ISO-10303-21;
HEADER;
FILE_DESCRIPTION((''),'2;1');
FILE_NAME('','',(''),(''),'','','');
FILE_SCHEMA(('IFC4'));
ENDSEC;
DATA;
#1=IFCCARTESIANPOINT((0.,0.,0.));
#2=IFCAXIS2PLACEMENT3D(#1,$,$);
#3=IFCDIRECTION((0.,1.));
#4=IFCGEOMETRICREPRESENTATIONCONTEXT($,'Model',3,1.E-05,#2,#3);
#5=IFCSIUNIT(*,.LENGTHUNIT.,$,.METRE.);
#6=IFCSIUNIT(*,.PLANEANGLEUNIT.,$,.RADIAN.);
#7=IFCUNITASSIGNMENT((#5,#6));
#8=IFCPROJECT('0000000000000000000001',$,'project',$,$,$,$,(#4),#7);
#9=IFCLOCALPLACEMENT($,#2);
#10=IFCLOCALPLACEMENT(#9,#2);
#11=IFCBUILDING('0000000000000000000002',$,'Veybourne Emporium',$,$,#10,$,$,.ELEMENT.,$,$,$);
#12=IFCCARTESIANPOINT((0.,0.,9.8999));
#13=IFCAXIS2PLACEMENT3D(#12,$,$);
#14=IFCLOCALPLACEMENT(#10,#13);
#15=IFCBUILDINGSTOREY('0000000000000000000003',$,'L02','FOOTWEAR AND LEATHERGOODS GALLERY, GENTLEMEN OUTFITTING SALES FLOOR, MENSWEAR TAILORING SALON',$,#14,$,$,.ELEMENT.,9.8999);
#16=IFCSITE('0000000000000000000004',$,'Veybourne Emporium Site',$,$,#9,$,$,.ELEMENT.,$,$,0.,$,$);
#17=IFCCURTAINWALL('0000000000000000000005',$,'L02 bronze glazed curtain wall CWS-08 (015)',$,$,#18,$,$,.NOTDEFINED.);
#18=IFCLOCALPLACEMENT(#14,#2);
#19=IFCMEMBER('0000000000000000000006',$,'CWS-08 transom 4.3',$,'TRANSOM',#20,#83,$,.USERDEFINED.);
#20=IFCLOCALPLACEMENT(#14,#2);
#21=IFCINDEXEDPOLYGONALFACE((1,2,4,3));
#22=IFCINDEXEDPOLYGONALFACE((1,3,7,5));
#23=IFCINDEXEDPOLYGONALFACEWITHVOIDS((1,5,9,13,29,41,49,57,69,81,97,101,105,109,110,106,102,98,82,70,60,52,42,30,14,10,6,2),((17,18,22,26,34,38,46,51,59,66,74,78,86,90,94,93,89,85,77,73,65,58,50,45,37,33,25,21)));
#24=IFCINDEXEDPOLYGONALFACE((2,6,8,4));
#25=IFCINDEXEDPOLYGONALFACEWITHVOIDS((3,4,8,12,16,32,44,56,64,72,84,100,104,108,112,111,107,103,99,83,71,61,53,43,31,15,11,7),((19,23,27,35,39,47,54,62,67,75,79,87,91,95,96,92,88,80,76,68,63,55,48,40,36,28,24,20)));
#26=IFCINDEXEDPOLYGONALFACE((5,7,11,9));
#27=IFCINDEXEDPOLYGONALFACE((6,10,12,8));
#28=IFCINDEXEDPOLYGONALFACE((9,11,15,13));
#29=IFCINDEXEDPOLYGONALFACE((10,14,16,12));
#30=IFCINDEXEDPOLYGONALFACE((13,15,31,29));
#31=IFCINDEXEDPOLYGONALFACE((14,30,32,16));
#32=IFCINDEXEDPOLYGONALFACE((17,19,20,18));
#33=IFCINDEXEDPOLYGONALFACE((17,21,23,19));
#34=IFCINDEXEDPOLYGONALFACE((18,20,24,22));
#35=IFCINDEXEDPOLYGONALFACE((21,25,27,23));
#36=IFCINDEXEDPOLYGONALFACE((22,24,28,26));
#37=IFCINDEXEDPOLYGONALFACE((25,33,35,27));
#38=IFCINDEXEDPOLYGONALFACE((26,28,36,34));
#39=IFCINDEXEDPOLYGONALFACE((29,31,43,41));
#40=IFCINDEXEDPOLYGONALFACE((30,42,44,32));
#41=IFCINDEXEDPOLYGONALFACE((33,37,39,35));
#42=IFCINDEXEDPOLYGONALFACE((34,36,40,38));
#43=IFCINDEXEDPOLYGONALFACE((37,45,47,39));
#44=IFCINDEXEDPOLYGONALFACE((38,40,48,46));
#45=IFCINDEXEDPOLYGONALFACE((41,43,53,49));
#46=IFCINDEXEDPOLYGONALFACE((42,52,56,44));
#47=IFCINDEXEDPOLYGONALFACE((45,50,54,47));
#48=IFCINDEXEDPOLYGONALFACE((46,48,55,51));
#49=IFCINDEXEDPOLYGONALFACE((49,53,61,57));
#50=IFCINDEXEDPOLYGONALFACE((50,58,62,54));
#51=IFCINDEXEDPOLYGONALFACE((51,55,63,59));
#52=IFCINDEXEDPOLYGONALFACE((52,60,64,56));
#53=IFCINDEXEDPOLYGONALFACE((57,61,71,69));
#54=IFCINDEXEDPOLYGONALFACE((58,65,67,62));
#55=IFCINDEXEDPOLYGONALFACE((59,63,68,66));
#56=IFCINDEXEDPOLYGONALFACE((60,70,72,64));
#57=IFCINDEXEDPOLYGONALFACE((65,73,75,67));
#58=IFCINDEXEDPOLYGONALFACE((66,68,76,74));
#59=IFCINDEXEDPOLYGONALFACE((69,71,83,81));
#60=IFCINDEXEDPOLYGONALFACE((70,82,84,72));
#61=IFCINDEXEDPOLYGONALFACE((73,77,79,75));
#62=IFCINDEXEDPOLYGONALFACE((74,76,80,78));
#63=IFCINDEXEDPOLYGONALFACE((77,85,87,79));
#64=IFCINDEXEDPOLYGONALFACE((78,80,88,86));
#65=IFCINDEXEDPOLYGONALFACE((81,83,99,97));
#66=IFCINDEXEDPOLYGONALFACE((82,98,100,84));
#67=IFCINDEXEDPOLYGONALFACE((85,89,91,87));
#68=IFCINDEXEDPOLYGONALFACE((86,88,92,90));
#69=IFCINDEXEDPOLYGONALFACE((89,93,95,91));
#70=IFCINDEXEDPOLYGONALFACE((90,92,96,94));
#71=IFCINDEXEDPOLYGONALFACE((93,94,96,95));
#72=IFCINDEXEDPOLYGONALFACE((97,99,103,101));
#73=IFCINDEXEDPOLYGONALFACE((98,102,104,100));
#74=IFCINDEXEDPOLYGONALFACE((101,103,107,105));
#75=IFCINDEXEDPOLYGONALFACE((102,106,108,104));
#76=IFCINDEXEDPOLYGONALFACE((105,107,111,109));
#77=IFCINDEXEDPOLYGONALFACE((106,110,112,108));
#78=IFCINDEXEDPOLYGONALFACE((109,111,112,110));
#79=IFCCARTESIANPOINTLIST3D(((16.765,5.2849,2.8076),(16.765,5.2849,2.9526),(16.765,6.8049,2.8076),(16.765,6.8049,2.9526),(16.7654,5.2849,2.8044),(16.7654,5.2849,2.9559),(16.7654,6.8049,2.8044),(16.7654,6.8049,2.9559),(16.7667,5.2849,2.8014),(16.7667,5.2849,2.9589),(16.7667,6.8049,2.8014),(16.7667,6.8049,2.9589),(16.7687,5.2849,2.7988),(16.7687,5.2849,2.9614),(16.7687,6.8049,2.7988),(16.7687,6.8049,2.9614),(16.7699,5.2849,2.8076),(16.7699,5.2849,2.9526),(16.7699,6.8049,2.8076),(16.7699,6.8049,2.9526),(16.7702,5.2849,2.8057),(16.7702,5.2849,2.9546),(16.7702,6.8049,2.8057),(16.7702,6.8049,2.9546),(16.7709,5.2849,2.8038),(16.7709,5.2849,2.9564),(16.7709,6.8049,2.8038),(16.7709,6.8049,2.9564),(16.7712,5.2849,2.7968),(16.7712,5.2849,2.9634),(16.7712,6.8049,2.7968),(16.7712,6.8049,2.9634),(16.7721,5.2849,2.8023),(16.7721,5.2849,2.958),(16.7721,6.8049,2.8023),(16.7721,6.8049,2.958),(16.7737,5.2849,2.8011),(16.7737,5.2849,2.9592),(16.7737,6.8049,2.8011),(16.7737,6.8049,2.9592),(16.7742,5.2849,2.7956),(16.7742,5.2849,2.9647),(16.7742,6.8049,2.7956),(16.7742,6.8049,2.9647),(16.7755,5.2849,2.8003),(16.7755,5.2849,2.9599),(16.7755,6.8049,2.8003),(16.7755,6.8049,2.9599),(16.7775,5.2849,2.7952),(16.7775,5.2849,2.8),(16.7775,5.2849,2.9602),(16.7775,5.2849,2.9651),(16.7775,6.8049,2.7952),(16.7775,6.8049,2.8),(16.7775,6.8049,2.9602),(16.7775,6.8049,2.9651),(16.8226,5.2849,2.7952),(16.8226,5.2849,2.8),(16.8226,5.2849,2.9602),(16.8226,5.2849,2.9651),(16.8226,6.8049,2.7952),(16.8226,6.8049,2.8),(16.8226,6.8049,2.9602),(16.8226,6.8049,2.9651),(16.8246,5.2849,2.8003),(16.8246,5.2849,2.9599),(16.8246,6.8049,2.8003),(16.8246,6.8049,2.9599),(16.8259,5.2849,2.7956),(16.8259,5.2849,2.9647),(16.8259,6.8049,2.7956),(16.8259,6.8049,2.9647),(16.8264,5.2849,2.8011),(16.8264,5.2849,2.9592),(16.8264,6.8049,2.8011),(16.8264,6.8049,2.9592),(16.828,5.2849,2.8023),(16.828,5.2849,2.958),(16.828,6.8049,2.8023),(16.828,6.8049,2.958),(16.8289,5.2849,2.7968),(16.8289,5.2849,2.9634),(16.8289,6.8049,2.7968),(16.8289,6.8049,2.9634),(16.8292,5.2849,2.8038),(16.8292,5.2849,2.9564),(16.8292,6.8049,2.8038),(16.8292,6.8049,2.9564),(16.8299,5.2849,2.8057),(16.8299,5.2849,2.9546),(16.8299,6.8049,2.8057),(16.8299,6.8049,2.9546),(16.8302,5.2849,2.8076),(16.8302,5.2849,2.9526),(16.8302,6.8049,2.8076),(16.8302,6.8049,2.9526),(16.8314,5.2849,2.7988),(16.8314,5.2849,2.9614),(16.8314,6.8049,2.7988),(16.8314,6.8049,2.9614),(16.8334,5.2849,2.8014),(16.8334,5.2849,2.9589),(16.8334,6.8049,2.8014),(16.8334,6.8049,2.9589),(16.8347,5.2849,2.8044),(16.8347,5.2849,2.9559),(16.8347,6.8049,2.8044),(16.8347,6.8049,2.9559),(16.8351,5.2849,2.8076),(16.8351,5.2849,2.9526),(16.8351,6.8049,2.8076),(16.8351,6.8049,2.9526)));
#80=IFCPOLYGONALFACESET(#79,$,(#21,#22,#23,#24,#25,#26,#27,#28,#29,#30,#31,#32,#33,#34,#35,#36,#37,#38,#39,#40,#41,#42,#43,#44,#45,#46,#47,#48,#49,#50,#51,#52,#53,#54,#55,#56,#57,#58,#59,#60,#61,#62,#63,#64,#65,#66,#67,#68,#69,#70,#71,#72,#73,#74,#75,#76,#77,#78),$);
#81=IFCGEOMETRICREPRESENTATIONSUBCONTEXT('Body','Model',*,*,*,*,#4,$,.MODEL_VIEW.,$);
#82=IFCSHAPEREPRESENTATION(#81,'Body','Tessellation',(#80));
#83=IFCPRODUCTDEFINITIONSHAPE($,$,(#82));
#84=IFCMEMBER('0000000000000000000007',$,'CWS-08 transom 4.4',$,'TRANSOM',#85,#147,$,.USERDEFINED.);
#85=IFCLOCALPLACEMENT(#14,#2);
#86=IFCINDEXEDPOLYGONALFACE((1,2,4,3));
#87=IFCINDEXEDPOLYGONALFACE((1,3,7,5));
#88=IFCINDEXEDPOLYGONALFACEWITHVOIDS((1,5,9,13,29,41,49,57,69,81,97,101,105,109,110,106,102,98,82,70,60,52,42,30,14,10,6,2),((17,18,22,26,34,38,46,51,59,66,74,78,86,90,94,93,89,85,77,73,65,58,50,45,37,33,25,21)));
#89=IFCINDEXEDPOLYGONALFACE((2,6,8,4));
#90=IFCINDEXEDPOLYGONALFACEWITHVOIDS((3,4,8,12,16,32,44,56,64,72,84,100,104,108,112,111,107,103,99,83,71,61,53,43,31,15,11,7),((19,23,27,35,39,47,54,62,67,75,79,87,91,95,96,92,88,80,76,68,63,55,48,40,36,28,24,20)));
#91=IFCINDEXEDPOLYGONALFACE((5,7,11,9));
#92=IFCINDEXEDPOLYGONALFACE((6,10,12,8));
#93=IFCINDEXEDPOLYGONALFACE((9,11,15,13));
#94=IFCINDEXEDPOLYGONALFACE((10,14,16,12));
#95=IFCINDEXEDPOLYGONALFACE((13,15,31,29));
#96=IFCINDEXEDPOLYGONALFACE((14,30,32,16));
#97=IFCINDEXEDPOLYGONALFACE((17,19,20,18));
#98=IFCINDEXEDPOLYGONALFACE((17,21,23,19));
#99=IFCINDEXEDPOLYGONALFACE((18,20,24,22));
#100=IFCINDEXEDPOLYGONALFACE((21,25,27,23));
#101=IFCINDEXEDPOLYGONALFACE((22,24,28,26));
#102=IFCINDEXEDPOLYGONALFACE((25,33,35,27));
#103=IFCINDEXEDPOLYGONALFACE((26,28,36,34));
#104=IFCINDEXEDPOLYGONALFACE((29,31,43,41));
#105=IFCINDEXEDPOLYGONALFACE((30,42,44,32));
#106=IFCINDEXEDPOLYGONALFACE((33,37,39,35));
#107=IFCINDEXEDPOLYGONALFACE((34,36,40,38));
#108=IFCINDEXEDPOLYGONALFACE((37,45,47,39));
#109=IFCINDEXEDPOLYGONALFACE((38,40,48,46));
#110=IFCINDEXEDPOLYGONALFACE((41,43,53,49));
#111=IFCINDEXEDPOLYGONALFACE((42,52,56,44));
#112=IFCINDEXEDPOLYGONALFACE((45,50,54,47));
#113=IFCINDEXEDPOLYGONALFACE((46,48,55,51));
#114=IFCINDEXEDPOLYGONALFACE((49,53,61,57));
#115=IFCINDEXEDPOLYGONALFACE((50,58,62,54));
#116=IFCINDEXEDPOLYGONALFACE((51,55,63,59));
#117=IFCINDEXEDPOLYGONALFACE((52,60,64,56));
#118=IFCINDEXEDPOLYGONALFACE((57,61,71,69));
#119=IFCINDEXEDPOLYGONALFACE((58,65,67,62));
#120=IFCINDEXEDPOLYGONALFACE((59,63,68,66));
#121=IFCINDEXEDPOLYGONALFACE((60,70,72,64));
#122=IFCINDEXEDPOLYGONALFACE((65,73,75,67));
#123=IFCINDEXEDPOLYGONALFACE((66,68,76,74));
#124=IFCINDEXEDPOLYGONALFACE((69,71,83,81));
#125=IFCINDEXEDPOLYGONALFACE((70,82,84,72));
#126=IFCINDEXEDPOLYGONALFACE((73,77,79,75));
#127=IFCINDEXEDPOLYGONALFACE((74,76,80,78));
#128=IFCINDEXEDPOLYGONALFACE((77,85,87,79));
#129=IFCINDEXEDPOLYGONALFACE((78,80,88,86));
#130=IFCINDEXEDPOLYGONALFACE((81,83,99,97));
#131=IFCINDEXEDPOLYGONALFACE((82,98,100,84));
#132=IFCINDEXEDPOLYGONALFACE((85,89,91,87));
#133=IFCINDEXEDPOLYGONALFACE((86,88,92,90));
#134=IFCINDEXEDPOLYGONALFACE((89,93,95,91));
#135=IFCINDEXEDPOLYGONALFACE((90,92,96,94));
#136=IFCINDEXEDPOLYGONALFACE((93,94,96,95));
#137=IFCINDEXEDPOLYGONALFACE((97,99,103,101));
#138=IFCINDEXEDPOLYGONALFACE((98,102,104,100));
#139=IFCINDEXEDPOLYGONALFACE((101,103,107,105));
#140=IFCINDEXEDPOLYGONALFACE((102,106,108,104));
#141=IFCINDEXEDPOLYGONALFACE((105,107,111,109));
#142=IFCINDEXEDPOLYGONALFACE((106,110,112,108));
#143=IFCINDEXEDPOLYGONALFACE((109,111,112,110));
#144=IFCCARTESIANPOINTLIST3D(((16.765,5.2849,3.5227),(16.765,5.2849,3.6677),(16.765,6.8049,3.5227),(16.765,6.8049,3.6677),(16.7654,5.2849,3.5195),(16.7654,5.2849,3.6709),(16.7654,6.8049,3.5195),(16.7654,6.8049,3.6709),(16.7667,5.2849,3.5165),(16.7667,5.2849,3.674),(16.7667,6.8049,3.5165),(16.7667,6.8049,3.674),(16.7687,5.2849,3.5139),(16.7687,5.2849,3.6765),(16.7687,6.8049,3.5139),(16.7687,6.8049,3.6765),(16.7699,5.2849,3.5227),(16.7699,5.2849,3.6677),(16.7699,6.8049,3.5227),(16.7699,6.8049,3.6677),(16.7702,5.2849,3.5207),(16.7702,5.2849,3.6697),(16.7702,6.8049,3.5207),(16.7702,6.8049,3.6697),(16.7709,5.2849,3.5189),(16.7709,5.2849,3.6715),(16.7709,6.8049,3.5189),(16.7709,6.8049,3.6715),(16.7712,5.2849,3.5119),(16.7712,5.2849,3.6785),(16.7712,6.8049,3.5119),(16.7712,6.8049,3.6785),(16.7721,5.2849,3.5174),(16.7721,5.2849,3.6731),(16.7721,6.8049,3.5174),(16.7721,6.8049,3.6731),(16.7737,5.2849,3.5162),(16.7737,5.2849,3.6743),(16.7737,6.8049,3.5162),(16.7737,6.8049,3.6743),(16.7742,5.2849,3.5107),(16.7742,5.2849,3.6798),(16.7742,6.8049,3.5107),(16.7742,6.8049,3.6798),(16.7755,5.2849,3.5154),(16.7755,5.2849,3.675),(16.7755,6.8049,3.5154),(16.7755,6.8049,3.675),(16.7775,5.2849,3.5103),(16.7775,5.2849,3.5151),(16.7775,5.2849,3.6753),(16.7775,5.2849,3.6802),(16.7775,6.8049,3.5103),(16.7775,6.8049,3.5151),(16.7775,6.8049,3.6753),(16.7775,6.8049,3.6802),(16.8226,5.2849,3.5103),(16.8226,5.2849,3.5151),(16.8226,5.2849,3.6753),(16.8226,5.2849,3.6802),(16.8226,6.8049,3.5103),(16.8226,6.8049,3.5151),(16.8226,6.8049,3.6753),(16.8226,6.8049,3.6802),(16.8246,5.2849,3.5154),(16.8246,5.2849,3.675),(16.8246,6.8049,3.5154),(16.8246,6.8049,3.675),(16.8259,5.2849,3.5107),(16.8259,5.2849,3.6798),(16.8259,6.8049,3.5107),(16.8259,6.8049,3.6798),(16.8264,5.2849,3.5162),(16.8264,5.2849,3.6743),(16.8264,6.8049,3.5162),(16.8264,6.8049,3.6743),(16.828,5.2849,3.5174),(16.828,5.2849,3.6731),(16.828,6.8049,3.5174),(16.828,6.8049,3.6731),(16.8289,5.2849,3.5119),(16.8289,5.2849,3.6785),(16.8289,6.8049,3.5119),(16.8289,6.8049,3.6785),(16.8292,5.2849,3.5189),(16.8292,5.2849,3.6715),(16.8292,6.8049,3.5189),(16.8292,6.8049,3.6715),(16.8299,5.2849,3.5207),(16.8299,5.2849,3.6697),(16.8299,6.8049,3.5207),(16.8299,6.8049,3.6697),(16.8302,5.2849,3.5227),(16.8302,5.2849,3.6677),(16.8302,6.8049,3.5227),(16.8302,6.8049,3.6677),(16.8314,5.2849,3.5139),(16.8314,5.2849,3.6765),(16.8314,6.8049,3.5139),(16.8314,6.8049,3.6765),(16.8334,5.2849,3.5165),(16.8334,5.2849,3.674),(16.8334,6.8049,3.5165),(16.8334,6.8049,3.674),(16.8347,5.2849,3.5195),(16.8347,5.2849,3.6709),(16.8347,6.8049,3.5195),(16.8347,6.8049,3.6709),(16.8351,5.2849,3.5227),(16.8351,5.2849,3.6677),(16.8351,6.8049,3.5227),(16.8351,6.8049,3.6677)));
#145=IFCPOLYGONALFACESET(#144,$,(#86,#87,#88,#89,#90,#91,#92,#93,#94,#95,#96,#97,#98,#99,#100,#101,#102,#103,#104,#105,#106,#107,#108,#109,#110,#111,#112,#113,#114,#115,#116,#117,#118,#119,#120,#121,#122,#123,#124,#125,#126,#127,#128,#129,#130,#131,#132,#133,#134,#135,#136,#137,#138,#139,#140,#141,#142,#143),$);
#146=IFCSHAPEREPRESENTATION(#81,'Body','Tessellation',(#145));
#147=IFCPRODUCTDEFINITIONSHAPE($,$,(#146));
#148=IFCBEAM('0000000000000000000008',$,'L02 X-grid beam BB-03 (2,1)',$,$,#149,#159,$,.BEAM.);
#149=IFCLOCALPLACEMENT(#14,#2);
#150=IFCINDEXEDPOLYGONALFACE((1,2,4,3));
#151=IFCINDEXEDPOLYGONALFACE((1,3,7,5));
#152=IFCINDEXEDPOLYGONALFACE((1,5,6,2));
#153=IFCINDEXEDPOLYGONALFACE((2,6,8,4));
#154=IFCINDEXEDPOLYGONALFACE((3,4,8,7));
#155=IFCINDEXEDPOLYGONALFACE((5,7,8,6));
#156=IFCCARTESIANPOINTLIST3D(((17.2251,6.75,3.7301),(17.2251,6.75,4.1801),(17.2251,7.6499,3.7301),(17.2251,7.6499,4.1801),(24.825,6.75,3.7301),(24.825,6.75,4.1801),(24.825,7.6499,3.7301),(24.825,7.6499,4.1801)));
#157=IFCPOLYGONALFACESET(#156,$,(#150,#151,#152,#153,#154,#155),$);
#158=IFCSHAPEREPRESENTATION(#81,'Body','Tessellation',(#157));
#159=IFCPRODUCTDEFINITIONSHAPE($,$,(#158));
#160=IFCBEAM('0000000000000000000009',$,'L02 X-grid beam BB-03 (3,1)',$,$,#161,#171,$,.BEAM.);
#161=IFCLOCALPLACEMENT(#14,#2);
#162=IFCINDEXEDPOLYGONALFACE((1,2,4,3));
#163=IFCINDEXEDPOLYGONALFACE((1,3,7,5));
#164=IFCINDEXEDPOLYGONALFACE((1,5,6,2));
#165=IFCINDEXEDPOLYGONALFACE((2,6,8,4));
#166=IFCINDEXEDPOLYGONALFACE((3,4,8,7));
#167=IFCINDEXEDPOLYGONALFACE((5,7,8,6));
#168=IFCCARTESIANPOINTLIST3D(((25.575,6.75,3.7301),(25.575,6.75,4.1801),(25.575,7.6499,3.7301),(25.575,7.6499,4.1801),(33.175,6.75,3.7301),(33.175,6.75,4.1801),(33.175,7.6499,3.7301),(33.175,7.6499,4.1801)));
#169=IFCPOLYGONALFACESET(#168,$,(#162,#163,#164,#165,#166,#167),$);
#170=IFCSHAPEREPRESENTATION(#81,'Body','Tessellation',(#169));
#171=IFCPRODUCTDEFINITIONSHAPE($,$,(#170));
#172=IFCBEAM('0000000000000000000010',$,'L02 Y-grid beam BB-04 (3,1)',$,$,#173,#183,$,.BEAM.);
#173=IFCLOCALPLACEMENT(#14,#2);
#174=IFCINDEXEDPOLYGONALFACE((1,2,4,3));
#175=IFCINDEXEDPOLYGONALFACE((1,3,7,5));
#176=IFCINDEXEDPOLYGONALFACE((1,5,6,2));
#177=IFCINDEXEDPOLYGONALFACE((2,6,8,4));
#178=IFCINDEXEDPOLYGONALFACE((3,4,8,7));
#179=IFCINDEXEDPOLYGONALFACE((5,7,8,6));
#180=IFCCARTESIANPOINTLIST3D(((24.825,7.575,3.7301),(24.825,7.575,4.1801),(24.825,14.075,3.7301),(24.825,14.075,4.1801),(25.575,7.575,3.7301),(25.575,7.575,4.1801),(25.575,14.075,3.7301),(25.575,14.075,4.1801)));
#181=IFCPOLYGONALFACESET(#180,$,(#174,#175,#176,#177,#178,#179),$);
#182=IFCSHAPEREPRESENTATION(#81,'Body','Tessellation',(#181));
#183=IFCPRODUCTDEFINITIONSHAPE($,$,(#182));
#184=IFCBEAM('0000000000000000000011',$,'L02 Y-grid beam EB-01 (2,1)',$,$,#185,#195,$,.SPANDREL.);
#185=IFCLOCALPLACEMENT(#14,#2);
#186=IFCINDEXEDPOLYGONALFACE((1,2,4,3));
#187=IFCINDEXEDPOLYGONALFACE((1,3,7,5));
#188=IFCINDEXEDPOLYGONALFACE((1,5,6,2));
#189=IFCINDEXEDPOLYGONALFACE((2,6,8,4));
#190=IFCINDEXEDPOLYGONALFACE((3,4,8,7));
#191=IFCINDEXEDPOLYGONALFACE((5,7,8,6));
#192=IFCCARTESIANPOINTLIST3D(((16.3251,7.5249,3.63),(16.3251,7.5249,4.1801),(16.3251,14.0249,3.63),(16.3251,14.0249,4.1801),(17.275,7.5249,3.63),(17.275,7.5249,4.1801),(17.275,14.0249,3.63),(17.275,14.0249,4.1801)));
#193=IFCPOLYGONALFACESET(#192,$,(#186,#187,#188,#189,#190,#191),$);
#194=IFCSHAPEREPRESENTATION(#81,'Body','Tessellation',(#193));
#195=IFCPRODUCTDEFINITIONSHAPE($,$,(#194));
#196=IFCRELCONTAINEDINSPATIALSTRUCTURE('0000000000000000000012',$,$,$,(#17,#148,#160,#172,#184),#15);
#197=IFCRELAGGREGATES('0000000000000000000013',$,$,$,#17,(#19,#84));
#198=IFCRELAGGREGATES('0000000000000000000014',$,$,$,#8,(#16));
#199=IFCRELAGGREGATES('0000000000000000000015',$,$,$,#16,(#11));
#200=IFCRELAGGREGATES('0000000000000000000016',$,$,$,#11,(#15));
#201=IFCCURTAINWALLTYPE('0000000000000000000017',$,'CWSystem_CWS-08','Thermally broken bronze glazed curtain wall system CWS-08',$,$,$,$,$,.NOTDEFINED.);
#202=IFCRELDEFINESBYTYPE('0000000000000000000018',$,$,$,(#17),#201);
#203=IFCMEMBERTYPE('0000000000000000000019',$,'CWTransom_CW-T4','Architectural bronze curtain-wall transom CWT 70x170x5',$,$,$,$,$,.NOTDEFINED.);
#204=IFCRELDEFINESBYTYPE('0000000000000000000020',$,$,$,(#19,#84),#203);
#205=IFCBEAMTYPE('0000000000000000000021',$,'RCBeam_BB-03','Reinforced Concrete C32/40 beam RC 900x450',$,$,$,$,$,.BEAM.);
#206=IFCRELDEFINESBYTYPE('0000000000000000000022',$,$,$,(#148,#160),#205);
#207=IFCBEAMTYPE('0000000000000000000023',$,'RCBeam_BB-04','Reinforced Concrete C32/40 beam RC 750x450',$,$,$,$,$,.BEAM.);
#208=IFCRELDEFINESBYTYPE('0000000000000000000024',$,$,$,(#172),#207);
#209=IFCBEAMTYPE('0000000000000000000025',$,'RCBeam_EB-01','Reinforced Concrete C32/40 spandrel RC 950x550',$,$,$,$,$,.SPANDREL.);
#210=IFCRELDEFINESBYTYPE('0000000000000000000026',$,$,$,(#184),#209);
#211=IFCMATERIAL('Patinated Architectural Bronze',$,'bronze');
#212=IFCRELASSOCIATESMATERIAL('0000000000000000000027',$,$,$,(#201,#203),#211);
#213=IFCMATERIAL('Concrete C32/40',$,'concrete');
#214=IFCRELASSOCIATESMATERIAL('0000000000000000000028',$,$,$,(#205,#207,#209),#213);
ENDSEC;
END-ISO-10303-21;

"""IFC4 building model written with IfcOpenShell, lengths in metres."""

from ifc_helpers import new_model, si_unit, direction, frame, origin, origin_2d, place, context, subcontext, project, spatial, rectangle, hollow_rectangle, extrude, material, material_profile, profile_set, type_object, element, aggregate, save


model = new_model("IFC4")

# Units and contexts
model_context = context("Model", 3, precision=1e-05, world=origin(), true_north=direction((0.0, 1.0)))
body_context = subcontext(model_context, "Body", "Model", "MODEL_VIEW")
ifc_project = project(units=[si_unit("LENGTHUNIT", "METRE"), si_unit("PLANEANGLEUNIT", "RADIAN")], contexts=[model_context])

# Site, building, storey
site_placement = place(None, origin())
site = spatial("IfcSite", under=ifc_project, at=site_placement, Name="Veybourne Emporium Site", CompositionType="ELEMENT", RefElevation=0.0)
building_placement = place(site_placement, origin())
building = spatial("IfcBuilding", under=site, at=building_placement, Name="Veybourne Emporium", CompositionType="ELEMENT")
storey_placement = place(building_placement, frame((0.0, 0.0, 9.8999)))
storey = spatial("IfcBuildingStorey", under=building, at=storey_placement, Name="L02", Description="FOOTWEAR AND LEATHERGOODS GALLERY, GENTLEMEN OUTFITTING SALES FLOOR, MENSWEAR TAILORING SALON", CompositionType="ELEMENT", Elevation=9.8999)

# Curtain wall
ifc_material_1 = material(Name="Patinated Architectural Bronze", Category="bronze")
curtain_wall_type_1 = type_object("IfcCurtainWallType", Name="CWSystem_CWS-08", Description="Thermally broken bronze glazed curtain wall system CWS-08", PredefinedType="NOTDEFINED", material=ifc_material_1)
curtain_wall_1_placement = place(storey_placement, origin())
curtain_wall_1 = element("IfcCurtainWall", 1, at=curtain_wall_1_placement, inside=storey, type_object=curtain_wall_type_1, Name="L02 bronze glazed curtain wall CWS-08 (015)", PredefinedType="NOTDEFINED")

# Members
ifc_material_profile_1 = material_profile(ifc_material_1, hollow_rectangle(XDim=0.0701, YDim=0.1699, WallThickness=0.0049, InnerFilletRadius=0.0076, OuterFilletRadius=0.0125, at=origin_2d()), Name="CWT 70x170x5")
ifc_profile_set_1 = profile_set([ifc_material_profile_1], Name="Patinated Architectural Bronze")
member_type_1 = type_object("IfcMemberType", Name="CWTransom_CW-T4", Description="Architectural bronze curtain-wall transom CWT 70x170x5", PredefinedType="NOTDEFINED", material=ifc_profile_set_1)
member_1_placement = place(storey_placement, frame((16.8, 5.2849, 2.8801), z_axis=(0.0, 1.0, 0.0), x_axis=(-1.0, 0.0, 0.0)))
member_1 = element("IfcMember", 2, at=member_1_placement, type_object=member_type_1, Name="CWS-08 transom 4.3", ObjectType="TRANSOM", PredefinedType="USERDEFINED", context=body_context, shape_type="SweptSolid", body=[
    extrude(hollow_rectangle(XDim=0.0701, YDim=0.1699, WallThickness=0.0049, InnerFilletRadius=0.0076, OuterFilletRadius=0.0125, at=origin_2d()), origin(), (0.0, 0.0, 1.0), 1.52),
])
member_2_placement = place(storey_placement, frame((16.8, 5.2849, 3.5952), z_axis=(0.0, 1.0, 0.0), x_axis=(-1.0, 0.0, 0.0)))
member_2 = element("IfcMember", 3, at=member_2_placement, type_object=member_type_1, Name="CWS-08 transom 4.4", ObjectType="TRANSOM", PredefinedType="USERDEFINED", context=body_context, shape_type="SweptSolid", body=[
    extrude(hollow_rectangle(XDim=0.0701, YDim=0.1699, WallThickness=0.0049, InnerFilletRadius=0.0076, OuterFilletRadius=0.0125, at=origin_2d()), origin(), (0.0, 0.0, 1.0), 1.52),
])

# Beams
ifc_material_2 = material(Name="Concrete C32/40", Category="concrete")
ifc_material_profile_2 = material_profile(ifc_material_2, rectangle(XDim=0.8999, YDim=0.45, at=origin_2d()), Name="RC 900x450")
ifc_profile_set_2 = profile_set([ifc_material_profile_2], Name="Concrete C32/40")
beam_type_1 = type_object("IfcBeamType", Name="RCBeam_BB-03", Description="Reinforced Concrete C32/40 beam RC 900x450", PredefinedType="BEAM", material=ifc_profile_set_2)
beam_1_placement = place(storey_placement, frame((17.2251, 7.2, 3.9551), z_axis=(1.0, 0.0, 0.0), x_axis=(0.0, 1.0, 0.0)))
element("IfcBeam", 4, at=beam_1_placement, inside=storey, type_object=beam_type_1, Name="L02 X-grid beam BB-03 (2,1)", PredefinedType="BEAM", context=body_context, shape_type="SweptSolid", body=[
    extrude(rectangle(XDim=0.8999, YDim=0.45, at=origin_2d()), origin(), (0.0, 0.0, 1.0), 7.5999),
])
beam_2_placement = place(storey_placement, frame((25.575, 7.2, 3.9551), z_axis=(1.0, 0.0, 0.0), x_axis=(0.0, 1.0, 0.0)))
element("IfcBeam", 5, at=beam_2_placement, inside=storey, type_object=beam_type_1, Name="L02 X-grid beam BB-03 (3,1)", PredefinedType="BEAM", context=body_context, shape_type="SweptSolid", body=[
    extrude(rectangle(XDim=0.8999, YDim=0.45, at=origin_2d()), origin(), (0.0, 0.0, 1.0), 7.6001),
])
ifc_material_profile_3 = material_profile(ifc_material_2, rectangle(XDim=0.75, YDim=0.45, at=origin_2d()), Name="RC 750x450")
ifc_profile_set_3 = profile_set([ifc_material_profile_3], Name="Concrete C32/40")
beam_type_2 = type_object("IfcBeamType", Name="RCBeam_BB-04", Description="Reinforced Concrete C32/40 beam RC 750x450", PredefinedType="BEAM", material=ifc_profile_set_3)
beam_3_placement = place(storey_placement, frame((25.2, 7.575, 3.9551), z_axis=(0.0, 1.0, 0.0), x_axis=(-1.0, 0.0, 0.0)))
element("IfcBeam", 6, at=beam_3_placement, inside=storey, type_object=beam_type_2, Name="L02 Y-grid beam BB-04 (3,1)", PredefinedType="BEAM", context=body_context, shape_type="SweptSolid", body=[
    extrude(rectangle(XDim=0.75, YDim=0.45, at=origin_2d()), origin(), (0.0, 0.0, 1.0), 6.5),
])
ifc_material_profile_4 = material_profile(ifc_material_2, rectangle(XDim=0.95, YDim=0.55, at=origin_2d()), Name="RC 950x550")
ifc_profile_set_4 = profile_set([ifc_material_profile_4], Name="Concrete C32/40")
beam_type_3 = type_object("IfcBeamType", Name="RCBeam_EB-01", Description="Reinforced Concrete C32/40 spandrel RC 950x550", PredefinedType="SPANDREL", material=ifc_profile_set_4)
beam_4_placement = place(storey_placement, frame((16.8, 7.5249, 3.905), z_axis=(0.0, 1.0, 0.0), x_axis=(-1.0, 0.0, 0.0)))
element("IfcBeam", 7, at=beam_4_placement, inside=storey, type_object=beam_type_3, Name="L02 Y-grid beam EB-01 (2,1)", PredefinedType="SPANDREL", context=body_context, shape_type="SweptSolid", body=[
    extrude(rectangle(XDim=0.95, YDim=0.55, at=origin_2d()), origin(), (0.0, 0.0, 1.0), 6.5),
])

aggregate(curtain_wall_1, [member_1, member_2])

save(model, "model.ifc")
